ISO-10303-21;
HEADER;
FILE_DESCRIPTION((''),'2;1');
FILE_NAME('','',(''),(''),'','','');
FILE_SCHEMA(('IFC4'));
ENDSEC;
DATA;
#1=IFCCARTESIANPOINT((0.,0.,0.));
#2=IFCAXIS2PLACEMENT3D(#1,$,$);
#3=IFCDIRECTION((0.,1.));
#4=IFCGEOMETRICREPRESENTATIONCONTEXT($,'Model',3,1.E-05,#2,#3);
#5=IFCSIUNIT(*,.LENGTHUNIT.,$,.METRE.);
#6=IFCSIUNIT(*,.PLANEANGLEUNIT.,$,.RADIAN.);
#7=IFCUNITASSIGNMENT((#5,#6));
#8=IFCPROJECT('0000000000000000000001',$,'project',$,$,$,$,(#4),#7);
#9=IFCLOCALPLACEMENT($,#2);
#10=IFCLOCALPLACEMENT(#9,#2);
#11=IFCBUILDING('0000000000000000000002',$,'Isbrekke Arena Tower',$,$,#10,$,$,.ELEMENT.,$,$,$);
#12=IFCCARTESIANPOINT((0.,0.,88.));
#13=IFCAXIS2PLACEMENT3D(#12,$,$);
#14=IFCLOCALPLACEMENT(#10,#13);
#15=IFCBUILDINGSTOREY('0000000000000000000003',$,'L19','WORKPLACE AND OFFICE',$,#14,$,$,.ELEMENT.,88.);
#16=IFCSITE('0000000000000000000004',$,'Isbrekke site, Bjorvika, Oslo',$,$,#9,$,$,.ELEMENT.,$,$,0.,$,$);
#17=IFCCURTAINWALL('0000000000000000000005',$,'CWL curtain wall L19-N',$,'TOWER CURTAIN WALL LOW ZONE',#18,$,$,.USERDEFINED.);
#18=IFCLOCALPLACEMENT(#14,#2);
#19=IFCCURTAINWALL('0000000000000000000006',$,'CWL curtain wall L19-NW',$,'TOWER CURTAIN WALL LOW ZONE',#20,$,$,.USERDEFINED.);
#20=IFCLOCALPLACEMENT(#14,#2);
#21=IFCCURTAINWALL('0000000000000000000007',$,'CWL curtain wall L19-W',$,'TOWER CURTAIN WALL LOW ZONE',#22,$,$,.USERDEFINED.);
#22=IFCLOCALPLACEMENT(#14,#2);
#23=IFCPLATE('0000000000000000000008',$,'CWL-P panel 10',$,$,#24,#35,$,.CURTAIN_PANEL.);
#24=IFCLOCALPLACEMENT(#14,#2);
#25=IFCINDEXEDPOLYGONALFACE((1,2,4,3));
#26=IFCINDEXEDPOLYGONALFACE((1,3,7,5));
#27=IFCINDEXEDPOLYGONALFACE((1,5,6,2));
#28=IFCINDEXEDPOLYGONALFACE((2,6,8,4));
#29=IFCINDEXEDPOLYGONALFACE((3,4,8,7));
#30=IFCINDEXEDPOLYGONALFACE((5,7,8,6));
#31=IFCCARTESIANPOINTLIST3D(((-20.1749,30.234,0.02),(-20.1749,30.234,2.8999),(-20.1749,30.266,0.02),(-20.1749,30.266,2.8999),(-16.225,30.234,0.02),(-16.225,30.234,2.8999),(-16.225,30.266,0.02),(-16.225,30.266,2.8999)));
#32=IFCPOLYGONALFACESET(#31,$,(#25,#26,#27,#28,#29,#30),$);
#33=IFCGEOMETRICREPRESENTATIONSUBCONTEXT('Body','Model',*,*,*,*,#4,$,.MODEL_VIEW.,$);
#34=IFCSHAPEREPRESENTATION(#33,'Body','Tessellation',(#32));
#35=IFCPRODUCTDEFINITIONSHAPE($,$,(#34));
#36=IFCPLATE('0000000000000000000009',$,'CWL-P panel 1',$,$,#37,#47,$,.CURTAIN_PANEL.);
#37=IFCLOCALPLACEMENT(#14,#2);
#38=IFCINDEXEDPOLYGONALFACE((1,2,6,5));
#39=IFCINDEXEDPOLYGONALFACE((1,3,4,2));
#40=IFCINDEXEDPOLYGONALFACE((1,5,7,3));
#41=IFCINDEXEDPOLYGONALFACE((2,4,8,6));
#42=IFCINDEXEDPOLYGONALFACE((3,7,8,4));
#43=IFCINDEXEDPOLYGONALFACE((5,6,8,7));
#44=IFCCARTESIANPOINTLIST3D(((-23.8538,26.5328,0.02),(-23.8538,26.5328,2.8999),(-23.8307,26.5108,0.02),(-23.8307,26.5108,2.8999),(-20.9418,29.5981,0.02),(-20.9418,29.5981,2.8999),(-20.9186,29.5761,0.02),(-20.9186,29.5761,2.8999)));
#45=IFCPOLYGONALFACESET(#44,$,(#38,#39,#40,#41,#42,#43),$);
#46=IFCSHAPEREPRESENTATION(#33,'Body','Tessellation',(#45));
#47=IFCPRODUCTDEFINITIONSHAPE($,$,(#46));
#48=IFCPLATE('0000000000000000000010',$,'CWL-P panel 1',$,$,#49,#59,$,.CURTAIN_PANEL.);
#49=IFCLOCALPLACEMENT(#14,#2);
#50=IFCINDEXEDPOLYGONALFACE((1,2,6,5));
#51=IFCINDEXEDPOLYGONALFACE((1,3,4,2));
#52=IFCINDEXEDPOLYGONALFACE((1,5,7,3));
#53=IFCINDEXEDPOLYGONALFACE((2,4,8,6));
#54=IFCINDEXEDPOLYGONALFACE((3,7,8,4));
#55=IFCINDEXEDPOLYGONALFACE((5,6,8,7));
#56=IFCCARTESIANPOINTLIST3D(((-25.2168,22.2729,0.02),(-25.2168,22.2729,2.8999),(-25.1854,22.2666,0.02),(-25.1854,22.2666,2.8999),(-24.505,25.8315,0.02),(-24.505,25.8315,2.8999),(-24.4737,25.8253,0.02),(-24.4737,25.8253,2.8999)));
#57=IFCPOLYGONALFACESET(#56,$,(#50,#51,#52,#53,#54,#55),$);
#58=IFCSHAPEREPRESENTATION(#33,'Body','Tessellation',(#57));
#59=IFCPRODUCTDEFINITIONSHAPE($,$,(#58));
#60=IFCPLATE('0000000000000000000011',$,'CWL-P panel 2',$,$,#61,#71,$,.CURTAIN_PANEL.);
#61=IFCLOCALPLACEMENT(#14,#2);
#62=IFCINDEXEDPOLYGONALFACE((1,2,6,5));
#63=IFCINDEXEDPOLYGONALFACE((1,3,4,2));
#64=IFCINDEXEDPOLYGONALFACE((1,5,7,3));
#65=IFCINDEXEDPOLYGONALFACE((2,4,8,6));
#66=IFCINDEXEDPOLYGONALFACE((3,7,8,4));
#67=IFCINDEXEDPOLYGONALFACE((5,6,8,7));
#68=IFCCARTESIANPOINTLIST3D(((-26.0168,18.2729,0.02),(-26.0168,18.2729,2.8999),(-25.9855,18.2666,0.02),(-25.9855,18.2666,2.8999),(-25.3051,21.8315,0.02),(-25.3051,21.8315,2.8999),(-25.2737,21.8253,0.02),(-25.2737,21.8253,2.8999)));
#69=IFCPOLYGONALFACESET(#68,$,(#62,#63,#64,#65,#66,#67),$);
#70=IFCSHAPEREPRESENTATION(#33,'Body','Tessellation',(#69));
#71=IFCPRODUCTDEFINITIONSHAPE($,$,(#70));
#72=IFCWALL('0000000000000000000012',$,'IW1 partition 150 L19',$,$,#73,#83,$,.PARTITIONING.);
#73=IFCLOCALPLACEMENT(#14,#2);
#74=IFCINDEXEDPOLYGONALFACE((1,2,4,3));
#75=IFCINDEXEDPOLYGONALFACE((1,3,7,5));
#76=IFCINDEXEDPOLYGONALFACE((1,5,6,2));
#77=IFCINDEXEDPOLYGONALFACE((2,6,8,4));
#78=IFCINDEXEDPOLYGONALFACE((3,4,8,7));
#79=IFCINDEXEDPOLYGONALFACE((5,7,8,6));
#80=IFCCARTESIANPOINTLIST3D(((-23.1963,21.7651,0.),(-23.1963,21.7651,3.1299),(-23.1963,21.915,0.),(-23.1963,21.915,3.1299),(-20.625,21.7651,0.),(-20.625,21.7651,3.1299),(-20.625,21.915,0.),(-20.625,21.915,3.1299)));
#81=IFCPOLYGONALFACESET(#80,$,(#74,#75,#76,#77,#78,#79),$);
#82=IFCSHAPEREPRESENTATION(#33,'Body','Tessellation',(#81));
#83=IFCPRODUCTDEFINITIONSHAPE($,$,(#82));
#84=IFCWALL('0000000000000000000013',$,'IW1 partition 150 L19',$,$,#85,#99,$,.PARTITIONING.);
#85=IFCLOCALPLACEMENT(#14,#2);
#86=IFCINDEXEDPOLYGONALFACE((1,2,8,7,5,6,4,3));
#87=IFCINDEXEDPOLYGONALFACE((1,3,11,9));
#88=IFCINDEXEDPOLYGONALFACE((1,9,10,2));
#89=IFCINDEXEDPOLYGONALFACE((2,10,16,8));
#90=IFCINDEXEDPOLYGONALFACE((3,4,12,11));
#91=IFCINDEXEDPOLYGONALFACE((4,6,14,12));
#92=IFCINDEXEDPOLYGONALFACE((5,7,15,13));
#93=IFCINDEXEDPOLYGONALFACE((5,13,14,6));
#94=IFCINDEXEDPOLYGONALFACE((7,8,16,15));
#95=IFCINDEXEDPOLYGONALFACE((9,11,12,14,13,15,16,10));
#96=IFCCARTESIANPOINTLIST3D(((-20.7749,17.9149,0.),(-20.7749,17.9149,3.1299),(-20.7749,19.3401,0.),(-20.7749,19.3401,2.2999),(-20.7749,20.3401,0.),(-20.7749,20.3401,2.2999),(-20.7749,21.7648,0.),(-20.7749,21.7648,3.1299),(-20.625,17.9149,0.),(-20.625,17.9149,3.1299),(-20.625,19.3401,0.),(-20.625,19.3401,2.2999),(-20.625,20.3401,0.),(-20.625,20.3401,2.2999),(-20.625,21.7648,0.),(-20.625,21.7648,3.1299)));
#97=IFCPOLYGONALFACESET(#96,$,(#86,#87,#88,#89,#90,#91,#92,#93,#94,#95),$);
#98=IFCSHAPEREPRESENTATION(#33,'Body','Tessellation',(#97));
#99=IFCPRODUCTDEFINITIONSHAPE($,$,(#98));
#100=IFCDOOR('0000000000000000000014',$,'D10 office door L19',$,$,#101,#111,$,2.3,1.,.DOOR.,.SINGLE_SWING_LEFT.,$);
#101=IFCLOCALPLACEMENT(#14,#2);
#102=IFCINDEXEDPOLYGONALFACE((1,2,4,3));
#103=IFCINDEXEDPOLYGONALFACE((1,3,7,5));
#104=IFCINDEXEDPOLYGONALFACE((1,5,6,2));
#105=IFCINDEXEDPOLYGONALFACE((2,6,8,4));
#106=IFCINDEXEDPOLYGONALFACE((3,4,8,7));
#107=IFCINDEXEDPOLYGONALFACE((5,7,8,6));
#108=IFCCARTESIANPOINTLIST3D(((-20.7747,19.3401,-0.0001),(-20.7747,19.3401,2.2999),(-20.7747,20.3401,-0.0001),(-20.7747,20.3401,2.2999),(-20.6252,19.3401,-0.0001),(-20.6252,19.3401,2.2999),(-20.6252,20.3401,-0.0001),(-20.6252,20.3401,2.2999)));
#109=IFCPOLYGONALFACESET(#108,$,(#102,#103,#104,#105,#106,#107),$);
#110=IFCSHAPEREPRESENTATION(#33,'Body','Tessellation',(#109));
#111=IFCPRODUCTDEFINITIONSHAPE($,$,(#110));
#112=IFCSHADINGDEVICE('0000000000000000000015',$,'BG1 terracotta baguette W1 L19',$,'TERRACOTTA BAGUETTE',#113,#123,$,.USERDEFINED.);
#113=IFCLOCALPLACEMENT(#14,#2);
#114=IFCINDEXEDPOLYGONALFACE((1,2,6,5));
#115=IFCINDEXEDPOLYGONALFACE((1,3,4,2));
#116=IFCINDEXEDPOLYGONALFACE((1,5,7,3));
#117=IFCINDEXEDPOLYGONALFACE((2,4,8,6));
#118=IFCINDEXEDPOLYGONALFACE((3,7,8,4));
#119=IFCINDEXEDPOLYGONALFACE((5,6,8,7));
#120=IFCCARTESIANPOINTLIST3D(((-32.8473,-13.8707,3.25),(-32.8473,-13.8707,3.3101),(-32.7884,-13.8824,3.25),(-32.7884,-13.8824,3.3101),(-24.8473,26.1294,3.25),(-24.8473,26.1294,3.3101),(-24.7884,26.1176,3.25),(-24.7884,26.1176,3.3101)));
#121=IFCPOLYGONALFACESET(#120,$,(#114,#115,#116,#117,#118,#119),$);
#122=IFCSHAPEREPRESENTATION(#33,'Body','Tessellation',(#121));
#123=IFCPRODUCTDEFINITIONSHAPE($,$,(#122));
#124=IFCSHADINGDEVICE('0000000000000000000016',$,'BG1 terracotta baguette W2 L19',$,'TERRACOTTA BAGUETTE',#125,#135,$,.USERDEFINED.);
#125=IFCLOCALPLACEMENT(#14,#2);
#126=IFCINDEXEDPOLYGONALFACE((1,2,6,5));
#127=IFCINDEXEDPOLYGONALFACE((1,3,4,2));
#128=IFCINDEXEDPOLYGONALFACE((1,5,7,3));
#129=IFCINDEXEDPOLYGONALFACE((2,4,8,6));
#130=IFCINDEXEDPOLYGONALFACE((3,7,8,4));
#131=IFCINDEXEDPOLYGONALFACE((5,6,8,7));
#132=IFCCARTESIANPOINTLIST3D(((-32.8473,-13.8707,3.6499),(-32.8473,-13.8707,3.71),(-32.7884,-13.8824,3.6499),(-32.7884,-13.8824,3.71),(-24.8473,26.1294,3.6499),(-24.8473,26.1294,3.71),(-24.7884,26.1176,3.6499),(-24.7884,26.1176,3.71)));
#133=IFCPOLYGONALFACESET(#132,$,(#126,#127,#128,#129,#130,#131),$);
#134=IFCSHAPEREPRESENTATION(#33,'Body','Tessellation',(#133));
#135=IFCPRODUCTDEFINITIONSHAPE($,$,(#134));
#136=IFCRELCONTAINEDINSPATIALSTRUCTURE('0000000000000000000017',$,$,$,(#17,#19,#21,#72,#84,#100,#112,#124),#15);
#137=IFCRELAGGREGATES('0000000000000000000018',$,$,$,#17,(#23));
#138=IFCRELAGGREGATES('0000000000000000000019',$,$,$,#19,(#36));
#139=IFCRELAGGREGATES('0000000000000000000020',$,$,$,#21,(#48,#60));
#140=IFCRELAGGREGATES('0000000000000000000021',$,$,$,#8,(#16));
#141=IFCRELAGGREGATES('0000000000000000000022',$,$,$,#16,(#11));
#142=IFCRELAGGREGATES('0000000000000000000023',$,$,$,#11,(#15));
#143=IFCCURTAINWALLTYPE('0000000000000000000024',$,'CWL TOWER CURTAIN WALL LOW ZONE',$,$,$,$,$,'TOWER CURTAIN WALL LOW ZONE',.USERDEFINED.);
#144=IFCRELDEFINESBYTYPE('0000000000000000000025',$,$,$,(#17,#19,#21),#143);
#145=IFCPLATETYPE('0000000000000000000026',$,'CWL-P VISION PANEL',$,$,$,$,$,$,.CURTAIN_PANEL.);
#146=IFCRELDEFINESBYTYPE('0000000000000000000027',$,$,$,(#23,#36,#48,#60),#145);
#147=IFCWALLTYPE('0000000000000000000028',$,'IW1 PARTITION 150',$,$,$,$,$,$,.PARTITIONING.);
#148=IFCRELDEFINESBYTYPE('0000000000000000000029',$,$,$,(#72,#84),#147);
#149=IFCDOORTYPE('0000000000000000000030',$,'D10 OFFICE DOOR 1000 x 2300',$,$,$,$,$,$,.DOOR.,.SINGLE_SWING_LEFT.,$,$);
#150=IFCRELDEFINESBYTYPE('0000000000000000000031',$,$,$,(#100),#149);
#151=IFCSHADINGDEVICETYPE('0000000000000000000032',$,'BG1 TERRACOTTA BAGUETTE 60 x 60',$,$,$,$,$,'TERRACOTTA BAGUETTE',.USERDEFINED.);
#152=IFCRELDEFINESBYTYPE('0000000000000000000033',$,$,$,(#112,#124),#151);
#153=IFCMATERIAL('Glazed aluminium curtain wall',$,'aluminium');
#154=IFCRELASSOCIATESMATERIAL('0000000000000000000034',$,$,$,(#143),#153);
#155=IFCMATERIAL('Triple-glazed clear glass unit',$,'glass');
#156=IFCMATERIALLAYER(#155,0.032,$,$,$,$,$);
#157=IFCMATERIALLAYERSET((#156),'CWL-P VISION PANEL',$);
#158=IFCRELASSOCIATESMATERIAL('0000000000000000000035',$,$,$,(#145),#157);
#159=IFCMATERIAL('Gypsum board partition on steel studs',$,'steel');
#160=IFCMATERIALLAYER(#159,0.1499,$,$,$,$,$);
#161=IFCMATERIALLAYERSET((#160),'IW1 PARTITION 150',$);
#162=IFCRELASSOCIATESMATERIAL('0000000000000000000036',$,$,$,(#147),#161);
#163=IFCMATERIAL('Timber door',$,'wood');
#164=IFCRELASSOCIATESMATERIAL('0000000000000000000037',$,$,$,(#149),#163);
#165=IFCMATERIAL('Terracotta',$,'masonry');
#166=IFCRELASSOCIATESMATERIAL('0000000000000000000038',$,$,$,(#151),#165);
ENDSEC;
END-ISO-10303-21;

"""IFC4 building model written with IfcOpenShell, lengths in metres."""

from ifc_helpers import new_model, si_unit, direction, frame, frame_2d, origin, origin_2d, place, context, subcontext, project, spatial, rectangle, extrude, material, layer, layer_set, material_profile, profile_set, type_object, element, fill, aggregate, save


model = new_model("IFC4")

# Units and contexts
model_context = context("Model", 3, precision=1e-05, world=origin(), true_north=direction((0.0, 1.0)))
body_context = subcontext(model_context, "Body", "Model", "MODEL_VIEW")
ifc_project = project(units=[si_unit("LENGTHUNIT", "METRE"), si_unit("PLANEANGLEUNIT", "RADIAN")], contexts=[model_context])

# Site, building, storey
site_placement = place(None, origin())
site = spatial("IfcSite", under=ifc_project, at=site_placement, Name="Isbrekke site, Bjorvika, Oslo", CompositionType="ELEMENT", RefElevation=0.0)
building_placement = place(site_placement, origin())
building = spatial("IfcBuilding", under=site, at=building_placement, Name="Isbrekke Arena Tower", CompositionType="ELEMENT")
storey_placement = place(building_placement, frame((0.0, 0.0, 88.0)))
storey = spatial("IfcBuildingStorey", under=building, at=storey_placement, Name="L19", Description="WORKPLACE AND OFFICE", CompositionType="ELEMENT", Elevation=88.0)

# Curtain wall
ifc_material_1 = material(Name="Glazed aluminium curtain wall", Category="aluminium")
curtain_wall_type = type_object("IfcCurtainWallType", Name="CWL TOWER CURTAIN WALL LOW ZONE", ElementType="TOWER CURTAIN WALL LOW ZONE", PredefinedType="USERDEFINED", material=ifc_material_1)
curtain_wall_1_placement = place(storey_placement, origin())
curtain_wall_1 = element("IfcCurtainWall", 1, at=curtain_wall_1_placement, inside=storey, type_object=curtain_wall_type, Name="CWL curtain wall L19-N", ObjectType="TOWER CURTAIN WALL LOW ZONE", PredefinedType="USERDEFINED")

# Curtain walls
curtain_wall_2_placement = place(storey_placement, origin())
curtain_wall_2 = element("IfcCurtainWall", 2, at=curtain_wall_2_placement, inside=storey, type_object=curtain_wall_type, Name="CWL curtain wall L19-NW", ObjectType="TOWER CURTAIN WALL LOW ZONE", PredefinedType="USERDEFINED")
curtain_wall_3_placement = place(storey_placement, origin())
curtain_wall_3 = element("IfcCurtainWall", 3, at=curtain_wall_3_placement, inside=storey, type_object=curtain_wall_type, Name="CWL curtain wall L19-W", ObjectType="TOWER CURTAIN WALL LOW ZONE", PredefinedType="USERDEFINED")

# Plates
ifc_material_2 = material(Name="Triple-glazed clear glass unit", Category="glass")
ifc_layer_1 = layer(ifc_material_2, 0.032)
ifc_layer_set_1 = layer_set([ifc_layer_1], Name="CWL-P VISION PANEL")
plate_type = type_object("IfcPlateType", Name="CWL-P VISION PANEL", PredefinedType="CURTAIN_PANEL", material=ifc_layer_set_1)
plate_1_placement = place(storey_placement, frame((-18.2, 30.25, 0.02), z_axis=(0.0, 0.0, 1.0), x_axis=(-1.0, 0.0, 0.0)))
plate_1 = element("IfcPlate", 4, at=plate_1_placement, type_object=plate_type, Name="CWL-P panel 10", PredefinedType="CURTAIN_PANEL", context=body_context, shape_type="SweptSolid", body=[
    extrude(rectangle(XDim=3.95, YDim=0.032, at=origin_2d()), origin(), (0.0, 0.0, 1.0), 2.8799),
])
aggregate(curtain_wall_1, [plate_1])
plate_2_placement = place(storey_placement, frame((-22.3862, 28.0544, 0.02), z_axis=(0.0, 0.0, 1.0), x_axis=(-0.688749, -0.724999, 0.0)))
plate_2 = element("IfcPlate", 5, at=plate_2_placement, type_object=plate_type, Name="CWL-P panel 1", PredefinedType="CURTAIN_PANEL", context=body_context, shape_type="SweptSolid", body=[
    extrude(rectangle(XDim=4.228, YDim=0.032, at=origin_2d()), origin(), (0.0, 0.0, 1.0), 2.8799),
])
aggregate(curtain_wall_2, [plate_2])
plate_3_placement = place(storey_placement, frame((-24.8452, 24.0491, 0.02), z_axis=(0.0, 0.0, 1.0), x_axis=(-0.196116, -0.980581, 0.0)))
plate_3 = element("IfcPlate", 6, at=plate_3_placement, type_object=plate_type, Name="CWL-P panel 1", PredefinedType="CURTAIN_PANEL", context=body_context, shape_type="SweptSolid", body=[
    extrude(rectangle(XDim=3.6292, YDim=0.032, at=origin_2d()), origin(), (0.0, 0.0, 1.0), 2.8799),
])
plate_4_placement = place(storey_placement, frame((-25.6453, 20.0491, 0.02), z_axis=(0.0, 0.0, 1.0), x_axis=(-0.196116, -0.980581, 0.0)))
plate_4 = element("IfcPlate", 7, at=plate_4_placement, type_object=plate_type, Name="CWL-P panel 2", PredefinedType="CURTAIN_PANEL", context=body_context, shape_type="SweptSolid", body=[
    extrude(rectangle(XDim=3.6292, YDim=0.032, at=origin_2d()), origin(), (0.0, 0.0, 1.0), 2.8799),
])
aggregate(curtain_wall_3, [plate_3, plate_4])

# Wall
ifc_material_3 = material(Name="Gypsum board partition on steel studs", Category="steel")
ifc_layer_2 = layer(ifc_material_3, 0.1499)
ifc_layer_set_2 = layer_set([ifc_layer_2], Name="IW1 PARTITION 150")
wall_type = type_object("IfcWallType", Name="IW1 PARTITION 150", PredefinedType="PARTITIONING", material=ifc_layer_set_2)
wall_1_placement = place(storey_placement, frame((-23.1963, 21.8401, 0.0), z_axis=(0.0, 0.0, 1.0), x_axis=(1.0, 0.0, 0.0)))
element("IfcWall", 8, at=wall_1_placement, inside=storey, type_object=wall_type, Name="IW1 partition 150 L19", PredefinedType="PARTITIONING", context=body_context, shape_type="SweptSolid", body=[
    extrude(rectangle(XDim=2.5713, YDim=0.1499, at=frame_2d((1.2856, 0.0))), origin(), (0.0, 0.0, 1.0), 3.1299),
])

# Wall, opening, door
wall_2_placement = place(storey_placement, frame((-20.7, 17.915, 0.0), z_axis=(0.0, 0.0, 1.0), x_axis=(0.0, 1.0, 0.0)))
wall_2 = element("IfcWall", 9, at=wall_2_placement, inside=storey, type_object=wall_type, Name="IW1 partition 150 L19", PredefinedType="PARTITIONING", context=body_context, shape_type="SweptSolid", body=[
    extrude(rectangle(XDim=3.8499, YDim=0.1499, at=frame_2d((1.9248, 0.0))), origin(), (0.0, 0.0, 1.0), 3.1299),
])
opening_placement = place(wall_2_placement, frame((1.425, 0.0, 0.0)))
opening = element("IfcOpeningElement", 10, at=opening_placement, cuts=wall_2, PredefinedType="OPENING", context=body_context, shape_type="SweptSolid", body=[
    extrude(rectangle(XDim=1.0, YDim=2.3, at=frame_2d((0.5, 1.1499))), frame((0.0, 0.0898, 0.0), z_axis=(0.0, -1.0, 0.0), x_axis=(1.0, 0.0, 0.0)), (0.0, 0.0, 1.0), 0.1797),
])
ifc_material_4 = material(Name="Timber door", Category="wood")
door_type = type_object("IfcDoorType", Name="D10 OFFICE DOOR 1000 x 2300", OperationType="SINGLE_SWING_LEFT", PredefinedType="DOOR", material=ifc_material_4)
door_placement = place(opening_placement, origin())
door = element("IfcDoor", 11, at=door_placement, inside=storey, type_object=door_type, Name="D10 office door L19", OperationType="SINGLE_SWING_LEFT", OverallHeight=2.3, OverallWidth=1.0, PredefinedType="DOOR", context=body_context, shape_type="SweptSolid", body=[
    extrude(rectangle(XDim=1.0, YDim=2.3, at=frame_2d((0.5, 1.1499))), frame((0.0, 0.0747, 0.0), z_axis=(0.0, -1.0, 0.0), x_axis=(1.0, 0.0, 0.0)), (0.0, 0.0, 1.0), 0.1494),
])
fill(opening, door)

# Shading devices
ifc_material_5 = material(Name="Terracotta", Category="masonry")
ifc_material_profile_1 = material_profile(ifc_material_5, rectangle(XDim=0.0601, YDim=0.0601, at=origin_2d()), Name="BAGUETTE 60X60")
ifc_profile_set_1 = profile_set([ifc_material_profile_1], Name="Terracotta")
shading_device_type = type_object("IfcShadingDeviceType", Name="BG1 TERRACOTTA BAGUETTE 60 x 60", ElementType="TERRACOTTA BAGUETTE", PredefinedType="USERDEFINED", material=ifc_profile_set_1)
for number, where, z_axis, x_axis, name in (
    (12, (-24.8179, 26.1235, 3.28), (-0.196116, -0.980581, 0.0), (0.980581, -0.196116, 0.0), "BG1 terracotta baguette W1 L19"),
    (13, (-24.8179, 26.1235, 3.6799), (-0.196116, -0.980581, 0.0), (0.980581, -0.196116, 0.0), "BG1 terracotta baguette W2 L19"),
):
    element("IfcShadingDevice", number, at=place(storey_placement, frame(where, z_axis=z_axis, x_axis=x_axis)), inside=storey, type_object=shading_device_type, Name=name, ObjectType="TERRACOTTA BAGUETTE", PredefinedType="USERDEFINED", context=body_context, shape_type="SweptSolid", body=[
        extrude(rectangle(XDim=0.0601, YDim=0.0601, at=origin_2d()), origin(), (0.0, 0.0, 1.0), 40.7922),
    ])

save(model, "model.ifc")
